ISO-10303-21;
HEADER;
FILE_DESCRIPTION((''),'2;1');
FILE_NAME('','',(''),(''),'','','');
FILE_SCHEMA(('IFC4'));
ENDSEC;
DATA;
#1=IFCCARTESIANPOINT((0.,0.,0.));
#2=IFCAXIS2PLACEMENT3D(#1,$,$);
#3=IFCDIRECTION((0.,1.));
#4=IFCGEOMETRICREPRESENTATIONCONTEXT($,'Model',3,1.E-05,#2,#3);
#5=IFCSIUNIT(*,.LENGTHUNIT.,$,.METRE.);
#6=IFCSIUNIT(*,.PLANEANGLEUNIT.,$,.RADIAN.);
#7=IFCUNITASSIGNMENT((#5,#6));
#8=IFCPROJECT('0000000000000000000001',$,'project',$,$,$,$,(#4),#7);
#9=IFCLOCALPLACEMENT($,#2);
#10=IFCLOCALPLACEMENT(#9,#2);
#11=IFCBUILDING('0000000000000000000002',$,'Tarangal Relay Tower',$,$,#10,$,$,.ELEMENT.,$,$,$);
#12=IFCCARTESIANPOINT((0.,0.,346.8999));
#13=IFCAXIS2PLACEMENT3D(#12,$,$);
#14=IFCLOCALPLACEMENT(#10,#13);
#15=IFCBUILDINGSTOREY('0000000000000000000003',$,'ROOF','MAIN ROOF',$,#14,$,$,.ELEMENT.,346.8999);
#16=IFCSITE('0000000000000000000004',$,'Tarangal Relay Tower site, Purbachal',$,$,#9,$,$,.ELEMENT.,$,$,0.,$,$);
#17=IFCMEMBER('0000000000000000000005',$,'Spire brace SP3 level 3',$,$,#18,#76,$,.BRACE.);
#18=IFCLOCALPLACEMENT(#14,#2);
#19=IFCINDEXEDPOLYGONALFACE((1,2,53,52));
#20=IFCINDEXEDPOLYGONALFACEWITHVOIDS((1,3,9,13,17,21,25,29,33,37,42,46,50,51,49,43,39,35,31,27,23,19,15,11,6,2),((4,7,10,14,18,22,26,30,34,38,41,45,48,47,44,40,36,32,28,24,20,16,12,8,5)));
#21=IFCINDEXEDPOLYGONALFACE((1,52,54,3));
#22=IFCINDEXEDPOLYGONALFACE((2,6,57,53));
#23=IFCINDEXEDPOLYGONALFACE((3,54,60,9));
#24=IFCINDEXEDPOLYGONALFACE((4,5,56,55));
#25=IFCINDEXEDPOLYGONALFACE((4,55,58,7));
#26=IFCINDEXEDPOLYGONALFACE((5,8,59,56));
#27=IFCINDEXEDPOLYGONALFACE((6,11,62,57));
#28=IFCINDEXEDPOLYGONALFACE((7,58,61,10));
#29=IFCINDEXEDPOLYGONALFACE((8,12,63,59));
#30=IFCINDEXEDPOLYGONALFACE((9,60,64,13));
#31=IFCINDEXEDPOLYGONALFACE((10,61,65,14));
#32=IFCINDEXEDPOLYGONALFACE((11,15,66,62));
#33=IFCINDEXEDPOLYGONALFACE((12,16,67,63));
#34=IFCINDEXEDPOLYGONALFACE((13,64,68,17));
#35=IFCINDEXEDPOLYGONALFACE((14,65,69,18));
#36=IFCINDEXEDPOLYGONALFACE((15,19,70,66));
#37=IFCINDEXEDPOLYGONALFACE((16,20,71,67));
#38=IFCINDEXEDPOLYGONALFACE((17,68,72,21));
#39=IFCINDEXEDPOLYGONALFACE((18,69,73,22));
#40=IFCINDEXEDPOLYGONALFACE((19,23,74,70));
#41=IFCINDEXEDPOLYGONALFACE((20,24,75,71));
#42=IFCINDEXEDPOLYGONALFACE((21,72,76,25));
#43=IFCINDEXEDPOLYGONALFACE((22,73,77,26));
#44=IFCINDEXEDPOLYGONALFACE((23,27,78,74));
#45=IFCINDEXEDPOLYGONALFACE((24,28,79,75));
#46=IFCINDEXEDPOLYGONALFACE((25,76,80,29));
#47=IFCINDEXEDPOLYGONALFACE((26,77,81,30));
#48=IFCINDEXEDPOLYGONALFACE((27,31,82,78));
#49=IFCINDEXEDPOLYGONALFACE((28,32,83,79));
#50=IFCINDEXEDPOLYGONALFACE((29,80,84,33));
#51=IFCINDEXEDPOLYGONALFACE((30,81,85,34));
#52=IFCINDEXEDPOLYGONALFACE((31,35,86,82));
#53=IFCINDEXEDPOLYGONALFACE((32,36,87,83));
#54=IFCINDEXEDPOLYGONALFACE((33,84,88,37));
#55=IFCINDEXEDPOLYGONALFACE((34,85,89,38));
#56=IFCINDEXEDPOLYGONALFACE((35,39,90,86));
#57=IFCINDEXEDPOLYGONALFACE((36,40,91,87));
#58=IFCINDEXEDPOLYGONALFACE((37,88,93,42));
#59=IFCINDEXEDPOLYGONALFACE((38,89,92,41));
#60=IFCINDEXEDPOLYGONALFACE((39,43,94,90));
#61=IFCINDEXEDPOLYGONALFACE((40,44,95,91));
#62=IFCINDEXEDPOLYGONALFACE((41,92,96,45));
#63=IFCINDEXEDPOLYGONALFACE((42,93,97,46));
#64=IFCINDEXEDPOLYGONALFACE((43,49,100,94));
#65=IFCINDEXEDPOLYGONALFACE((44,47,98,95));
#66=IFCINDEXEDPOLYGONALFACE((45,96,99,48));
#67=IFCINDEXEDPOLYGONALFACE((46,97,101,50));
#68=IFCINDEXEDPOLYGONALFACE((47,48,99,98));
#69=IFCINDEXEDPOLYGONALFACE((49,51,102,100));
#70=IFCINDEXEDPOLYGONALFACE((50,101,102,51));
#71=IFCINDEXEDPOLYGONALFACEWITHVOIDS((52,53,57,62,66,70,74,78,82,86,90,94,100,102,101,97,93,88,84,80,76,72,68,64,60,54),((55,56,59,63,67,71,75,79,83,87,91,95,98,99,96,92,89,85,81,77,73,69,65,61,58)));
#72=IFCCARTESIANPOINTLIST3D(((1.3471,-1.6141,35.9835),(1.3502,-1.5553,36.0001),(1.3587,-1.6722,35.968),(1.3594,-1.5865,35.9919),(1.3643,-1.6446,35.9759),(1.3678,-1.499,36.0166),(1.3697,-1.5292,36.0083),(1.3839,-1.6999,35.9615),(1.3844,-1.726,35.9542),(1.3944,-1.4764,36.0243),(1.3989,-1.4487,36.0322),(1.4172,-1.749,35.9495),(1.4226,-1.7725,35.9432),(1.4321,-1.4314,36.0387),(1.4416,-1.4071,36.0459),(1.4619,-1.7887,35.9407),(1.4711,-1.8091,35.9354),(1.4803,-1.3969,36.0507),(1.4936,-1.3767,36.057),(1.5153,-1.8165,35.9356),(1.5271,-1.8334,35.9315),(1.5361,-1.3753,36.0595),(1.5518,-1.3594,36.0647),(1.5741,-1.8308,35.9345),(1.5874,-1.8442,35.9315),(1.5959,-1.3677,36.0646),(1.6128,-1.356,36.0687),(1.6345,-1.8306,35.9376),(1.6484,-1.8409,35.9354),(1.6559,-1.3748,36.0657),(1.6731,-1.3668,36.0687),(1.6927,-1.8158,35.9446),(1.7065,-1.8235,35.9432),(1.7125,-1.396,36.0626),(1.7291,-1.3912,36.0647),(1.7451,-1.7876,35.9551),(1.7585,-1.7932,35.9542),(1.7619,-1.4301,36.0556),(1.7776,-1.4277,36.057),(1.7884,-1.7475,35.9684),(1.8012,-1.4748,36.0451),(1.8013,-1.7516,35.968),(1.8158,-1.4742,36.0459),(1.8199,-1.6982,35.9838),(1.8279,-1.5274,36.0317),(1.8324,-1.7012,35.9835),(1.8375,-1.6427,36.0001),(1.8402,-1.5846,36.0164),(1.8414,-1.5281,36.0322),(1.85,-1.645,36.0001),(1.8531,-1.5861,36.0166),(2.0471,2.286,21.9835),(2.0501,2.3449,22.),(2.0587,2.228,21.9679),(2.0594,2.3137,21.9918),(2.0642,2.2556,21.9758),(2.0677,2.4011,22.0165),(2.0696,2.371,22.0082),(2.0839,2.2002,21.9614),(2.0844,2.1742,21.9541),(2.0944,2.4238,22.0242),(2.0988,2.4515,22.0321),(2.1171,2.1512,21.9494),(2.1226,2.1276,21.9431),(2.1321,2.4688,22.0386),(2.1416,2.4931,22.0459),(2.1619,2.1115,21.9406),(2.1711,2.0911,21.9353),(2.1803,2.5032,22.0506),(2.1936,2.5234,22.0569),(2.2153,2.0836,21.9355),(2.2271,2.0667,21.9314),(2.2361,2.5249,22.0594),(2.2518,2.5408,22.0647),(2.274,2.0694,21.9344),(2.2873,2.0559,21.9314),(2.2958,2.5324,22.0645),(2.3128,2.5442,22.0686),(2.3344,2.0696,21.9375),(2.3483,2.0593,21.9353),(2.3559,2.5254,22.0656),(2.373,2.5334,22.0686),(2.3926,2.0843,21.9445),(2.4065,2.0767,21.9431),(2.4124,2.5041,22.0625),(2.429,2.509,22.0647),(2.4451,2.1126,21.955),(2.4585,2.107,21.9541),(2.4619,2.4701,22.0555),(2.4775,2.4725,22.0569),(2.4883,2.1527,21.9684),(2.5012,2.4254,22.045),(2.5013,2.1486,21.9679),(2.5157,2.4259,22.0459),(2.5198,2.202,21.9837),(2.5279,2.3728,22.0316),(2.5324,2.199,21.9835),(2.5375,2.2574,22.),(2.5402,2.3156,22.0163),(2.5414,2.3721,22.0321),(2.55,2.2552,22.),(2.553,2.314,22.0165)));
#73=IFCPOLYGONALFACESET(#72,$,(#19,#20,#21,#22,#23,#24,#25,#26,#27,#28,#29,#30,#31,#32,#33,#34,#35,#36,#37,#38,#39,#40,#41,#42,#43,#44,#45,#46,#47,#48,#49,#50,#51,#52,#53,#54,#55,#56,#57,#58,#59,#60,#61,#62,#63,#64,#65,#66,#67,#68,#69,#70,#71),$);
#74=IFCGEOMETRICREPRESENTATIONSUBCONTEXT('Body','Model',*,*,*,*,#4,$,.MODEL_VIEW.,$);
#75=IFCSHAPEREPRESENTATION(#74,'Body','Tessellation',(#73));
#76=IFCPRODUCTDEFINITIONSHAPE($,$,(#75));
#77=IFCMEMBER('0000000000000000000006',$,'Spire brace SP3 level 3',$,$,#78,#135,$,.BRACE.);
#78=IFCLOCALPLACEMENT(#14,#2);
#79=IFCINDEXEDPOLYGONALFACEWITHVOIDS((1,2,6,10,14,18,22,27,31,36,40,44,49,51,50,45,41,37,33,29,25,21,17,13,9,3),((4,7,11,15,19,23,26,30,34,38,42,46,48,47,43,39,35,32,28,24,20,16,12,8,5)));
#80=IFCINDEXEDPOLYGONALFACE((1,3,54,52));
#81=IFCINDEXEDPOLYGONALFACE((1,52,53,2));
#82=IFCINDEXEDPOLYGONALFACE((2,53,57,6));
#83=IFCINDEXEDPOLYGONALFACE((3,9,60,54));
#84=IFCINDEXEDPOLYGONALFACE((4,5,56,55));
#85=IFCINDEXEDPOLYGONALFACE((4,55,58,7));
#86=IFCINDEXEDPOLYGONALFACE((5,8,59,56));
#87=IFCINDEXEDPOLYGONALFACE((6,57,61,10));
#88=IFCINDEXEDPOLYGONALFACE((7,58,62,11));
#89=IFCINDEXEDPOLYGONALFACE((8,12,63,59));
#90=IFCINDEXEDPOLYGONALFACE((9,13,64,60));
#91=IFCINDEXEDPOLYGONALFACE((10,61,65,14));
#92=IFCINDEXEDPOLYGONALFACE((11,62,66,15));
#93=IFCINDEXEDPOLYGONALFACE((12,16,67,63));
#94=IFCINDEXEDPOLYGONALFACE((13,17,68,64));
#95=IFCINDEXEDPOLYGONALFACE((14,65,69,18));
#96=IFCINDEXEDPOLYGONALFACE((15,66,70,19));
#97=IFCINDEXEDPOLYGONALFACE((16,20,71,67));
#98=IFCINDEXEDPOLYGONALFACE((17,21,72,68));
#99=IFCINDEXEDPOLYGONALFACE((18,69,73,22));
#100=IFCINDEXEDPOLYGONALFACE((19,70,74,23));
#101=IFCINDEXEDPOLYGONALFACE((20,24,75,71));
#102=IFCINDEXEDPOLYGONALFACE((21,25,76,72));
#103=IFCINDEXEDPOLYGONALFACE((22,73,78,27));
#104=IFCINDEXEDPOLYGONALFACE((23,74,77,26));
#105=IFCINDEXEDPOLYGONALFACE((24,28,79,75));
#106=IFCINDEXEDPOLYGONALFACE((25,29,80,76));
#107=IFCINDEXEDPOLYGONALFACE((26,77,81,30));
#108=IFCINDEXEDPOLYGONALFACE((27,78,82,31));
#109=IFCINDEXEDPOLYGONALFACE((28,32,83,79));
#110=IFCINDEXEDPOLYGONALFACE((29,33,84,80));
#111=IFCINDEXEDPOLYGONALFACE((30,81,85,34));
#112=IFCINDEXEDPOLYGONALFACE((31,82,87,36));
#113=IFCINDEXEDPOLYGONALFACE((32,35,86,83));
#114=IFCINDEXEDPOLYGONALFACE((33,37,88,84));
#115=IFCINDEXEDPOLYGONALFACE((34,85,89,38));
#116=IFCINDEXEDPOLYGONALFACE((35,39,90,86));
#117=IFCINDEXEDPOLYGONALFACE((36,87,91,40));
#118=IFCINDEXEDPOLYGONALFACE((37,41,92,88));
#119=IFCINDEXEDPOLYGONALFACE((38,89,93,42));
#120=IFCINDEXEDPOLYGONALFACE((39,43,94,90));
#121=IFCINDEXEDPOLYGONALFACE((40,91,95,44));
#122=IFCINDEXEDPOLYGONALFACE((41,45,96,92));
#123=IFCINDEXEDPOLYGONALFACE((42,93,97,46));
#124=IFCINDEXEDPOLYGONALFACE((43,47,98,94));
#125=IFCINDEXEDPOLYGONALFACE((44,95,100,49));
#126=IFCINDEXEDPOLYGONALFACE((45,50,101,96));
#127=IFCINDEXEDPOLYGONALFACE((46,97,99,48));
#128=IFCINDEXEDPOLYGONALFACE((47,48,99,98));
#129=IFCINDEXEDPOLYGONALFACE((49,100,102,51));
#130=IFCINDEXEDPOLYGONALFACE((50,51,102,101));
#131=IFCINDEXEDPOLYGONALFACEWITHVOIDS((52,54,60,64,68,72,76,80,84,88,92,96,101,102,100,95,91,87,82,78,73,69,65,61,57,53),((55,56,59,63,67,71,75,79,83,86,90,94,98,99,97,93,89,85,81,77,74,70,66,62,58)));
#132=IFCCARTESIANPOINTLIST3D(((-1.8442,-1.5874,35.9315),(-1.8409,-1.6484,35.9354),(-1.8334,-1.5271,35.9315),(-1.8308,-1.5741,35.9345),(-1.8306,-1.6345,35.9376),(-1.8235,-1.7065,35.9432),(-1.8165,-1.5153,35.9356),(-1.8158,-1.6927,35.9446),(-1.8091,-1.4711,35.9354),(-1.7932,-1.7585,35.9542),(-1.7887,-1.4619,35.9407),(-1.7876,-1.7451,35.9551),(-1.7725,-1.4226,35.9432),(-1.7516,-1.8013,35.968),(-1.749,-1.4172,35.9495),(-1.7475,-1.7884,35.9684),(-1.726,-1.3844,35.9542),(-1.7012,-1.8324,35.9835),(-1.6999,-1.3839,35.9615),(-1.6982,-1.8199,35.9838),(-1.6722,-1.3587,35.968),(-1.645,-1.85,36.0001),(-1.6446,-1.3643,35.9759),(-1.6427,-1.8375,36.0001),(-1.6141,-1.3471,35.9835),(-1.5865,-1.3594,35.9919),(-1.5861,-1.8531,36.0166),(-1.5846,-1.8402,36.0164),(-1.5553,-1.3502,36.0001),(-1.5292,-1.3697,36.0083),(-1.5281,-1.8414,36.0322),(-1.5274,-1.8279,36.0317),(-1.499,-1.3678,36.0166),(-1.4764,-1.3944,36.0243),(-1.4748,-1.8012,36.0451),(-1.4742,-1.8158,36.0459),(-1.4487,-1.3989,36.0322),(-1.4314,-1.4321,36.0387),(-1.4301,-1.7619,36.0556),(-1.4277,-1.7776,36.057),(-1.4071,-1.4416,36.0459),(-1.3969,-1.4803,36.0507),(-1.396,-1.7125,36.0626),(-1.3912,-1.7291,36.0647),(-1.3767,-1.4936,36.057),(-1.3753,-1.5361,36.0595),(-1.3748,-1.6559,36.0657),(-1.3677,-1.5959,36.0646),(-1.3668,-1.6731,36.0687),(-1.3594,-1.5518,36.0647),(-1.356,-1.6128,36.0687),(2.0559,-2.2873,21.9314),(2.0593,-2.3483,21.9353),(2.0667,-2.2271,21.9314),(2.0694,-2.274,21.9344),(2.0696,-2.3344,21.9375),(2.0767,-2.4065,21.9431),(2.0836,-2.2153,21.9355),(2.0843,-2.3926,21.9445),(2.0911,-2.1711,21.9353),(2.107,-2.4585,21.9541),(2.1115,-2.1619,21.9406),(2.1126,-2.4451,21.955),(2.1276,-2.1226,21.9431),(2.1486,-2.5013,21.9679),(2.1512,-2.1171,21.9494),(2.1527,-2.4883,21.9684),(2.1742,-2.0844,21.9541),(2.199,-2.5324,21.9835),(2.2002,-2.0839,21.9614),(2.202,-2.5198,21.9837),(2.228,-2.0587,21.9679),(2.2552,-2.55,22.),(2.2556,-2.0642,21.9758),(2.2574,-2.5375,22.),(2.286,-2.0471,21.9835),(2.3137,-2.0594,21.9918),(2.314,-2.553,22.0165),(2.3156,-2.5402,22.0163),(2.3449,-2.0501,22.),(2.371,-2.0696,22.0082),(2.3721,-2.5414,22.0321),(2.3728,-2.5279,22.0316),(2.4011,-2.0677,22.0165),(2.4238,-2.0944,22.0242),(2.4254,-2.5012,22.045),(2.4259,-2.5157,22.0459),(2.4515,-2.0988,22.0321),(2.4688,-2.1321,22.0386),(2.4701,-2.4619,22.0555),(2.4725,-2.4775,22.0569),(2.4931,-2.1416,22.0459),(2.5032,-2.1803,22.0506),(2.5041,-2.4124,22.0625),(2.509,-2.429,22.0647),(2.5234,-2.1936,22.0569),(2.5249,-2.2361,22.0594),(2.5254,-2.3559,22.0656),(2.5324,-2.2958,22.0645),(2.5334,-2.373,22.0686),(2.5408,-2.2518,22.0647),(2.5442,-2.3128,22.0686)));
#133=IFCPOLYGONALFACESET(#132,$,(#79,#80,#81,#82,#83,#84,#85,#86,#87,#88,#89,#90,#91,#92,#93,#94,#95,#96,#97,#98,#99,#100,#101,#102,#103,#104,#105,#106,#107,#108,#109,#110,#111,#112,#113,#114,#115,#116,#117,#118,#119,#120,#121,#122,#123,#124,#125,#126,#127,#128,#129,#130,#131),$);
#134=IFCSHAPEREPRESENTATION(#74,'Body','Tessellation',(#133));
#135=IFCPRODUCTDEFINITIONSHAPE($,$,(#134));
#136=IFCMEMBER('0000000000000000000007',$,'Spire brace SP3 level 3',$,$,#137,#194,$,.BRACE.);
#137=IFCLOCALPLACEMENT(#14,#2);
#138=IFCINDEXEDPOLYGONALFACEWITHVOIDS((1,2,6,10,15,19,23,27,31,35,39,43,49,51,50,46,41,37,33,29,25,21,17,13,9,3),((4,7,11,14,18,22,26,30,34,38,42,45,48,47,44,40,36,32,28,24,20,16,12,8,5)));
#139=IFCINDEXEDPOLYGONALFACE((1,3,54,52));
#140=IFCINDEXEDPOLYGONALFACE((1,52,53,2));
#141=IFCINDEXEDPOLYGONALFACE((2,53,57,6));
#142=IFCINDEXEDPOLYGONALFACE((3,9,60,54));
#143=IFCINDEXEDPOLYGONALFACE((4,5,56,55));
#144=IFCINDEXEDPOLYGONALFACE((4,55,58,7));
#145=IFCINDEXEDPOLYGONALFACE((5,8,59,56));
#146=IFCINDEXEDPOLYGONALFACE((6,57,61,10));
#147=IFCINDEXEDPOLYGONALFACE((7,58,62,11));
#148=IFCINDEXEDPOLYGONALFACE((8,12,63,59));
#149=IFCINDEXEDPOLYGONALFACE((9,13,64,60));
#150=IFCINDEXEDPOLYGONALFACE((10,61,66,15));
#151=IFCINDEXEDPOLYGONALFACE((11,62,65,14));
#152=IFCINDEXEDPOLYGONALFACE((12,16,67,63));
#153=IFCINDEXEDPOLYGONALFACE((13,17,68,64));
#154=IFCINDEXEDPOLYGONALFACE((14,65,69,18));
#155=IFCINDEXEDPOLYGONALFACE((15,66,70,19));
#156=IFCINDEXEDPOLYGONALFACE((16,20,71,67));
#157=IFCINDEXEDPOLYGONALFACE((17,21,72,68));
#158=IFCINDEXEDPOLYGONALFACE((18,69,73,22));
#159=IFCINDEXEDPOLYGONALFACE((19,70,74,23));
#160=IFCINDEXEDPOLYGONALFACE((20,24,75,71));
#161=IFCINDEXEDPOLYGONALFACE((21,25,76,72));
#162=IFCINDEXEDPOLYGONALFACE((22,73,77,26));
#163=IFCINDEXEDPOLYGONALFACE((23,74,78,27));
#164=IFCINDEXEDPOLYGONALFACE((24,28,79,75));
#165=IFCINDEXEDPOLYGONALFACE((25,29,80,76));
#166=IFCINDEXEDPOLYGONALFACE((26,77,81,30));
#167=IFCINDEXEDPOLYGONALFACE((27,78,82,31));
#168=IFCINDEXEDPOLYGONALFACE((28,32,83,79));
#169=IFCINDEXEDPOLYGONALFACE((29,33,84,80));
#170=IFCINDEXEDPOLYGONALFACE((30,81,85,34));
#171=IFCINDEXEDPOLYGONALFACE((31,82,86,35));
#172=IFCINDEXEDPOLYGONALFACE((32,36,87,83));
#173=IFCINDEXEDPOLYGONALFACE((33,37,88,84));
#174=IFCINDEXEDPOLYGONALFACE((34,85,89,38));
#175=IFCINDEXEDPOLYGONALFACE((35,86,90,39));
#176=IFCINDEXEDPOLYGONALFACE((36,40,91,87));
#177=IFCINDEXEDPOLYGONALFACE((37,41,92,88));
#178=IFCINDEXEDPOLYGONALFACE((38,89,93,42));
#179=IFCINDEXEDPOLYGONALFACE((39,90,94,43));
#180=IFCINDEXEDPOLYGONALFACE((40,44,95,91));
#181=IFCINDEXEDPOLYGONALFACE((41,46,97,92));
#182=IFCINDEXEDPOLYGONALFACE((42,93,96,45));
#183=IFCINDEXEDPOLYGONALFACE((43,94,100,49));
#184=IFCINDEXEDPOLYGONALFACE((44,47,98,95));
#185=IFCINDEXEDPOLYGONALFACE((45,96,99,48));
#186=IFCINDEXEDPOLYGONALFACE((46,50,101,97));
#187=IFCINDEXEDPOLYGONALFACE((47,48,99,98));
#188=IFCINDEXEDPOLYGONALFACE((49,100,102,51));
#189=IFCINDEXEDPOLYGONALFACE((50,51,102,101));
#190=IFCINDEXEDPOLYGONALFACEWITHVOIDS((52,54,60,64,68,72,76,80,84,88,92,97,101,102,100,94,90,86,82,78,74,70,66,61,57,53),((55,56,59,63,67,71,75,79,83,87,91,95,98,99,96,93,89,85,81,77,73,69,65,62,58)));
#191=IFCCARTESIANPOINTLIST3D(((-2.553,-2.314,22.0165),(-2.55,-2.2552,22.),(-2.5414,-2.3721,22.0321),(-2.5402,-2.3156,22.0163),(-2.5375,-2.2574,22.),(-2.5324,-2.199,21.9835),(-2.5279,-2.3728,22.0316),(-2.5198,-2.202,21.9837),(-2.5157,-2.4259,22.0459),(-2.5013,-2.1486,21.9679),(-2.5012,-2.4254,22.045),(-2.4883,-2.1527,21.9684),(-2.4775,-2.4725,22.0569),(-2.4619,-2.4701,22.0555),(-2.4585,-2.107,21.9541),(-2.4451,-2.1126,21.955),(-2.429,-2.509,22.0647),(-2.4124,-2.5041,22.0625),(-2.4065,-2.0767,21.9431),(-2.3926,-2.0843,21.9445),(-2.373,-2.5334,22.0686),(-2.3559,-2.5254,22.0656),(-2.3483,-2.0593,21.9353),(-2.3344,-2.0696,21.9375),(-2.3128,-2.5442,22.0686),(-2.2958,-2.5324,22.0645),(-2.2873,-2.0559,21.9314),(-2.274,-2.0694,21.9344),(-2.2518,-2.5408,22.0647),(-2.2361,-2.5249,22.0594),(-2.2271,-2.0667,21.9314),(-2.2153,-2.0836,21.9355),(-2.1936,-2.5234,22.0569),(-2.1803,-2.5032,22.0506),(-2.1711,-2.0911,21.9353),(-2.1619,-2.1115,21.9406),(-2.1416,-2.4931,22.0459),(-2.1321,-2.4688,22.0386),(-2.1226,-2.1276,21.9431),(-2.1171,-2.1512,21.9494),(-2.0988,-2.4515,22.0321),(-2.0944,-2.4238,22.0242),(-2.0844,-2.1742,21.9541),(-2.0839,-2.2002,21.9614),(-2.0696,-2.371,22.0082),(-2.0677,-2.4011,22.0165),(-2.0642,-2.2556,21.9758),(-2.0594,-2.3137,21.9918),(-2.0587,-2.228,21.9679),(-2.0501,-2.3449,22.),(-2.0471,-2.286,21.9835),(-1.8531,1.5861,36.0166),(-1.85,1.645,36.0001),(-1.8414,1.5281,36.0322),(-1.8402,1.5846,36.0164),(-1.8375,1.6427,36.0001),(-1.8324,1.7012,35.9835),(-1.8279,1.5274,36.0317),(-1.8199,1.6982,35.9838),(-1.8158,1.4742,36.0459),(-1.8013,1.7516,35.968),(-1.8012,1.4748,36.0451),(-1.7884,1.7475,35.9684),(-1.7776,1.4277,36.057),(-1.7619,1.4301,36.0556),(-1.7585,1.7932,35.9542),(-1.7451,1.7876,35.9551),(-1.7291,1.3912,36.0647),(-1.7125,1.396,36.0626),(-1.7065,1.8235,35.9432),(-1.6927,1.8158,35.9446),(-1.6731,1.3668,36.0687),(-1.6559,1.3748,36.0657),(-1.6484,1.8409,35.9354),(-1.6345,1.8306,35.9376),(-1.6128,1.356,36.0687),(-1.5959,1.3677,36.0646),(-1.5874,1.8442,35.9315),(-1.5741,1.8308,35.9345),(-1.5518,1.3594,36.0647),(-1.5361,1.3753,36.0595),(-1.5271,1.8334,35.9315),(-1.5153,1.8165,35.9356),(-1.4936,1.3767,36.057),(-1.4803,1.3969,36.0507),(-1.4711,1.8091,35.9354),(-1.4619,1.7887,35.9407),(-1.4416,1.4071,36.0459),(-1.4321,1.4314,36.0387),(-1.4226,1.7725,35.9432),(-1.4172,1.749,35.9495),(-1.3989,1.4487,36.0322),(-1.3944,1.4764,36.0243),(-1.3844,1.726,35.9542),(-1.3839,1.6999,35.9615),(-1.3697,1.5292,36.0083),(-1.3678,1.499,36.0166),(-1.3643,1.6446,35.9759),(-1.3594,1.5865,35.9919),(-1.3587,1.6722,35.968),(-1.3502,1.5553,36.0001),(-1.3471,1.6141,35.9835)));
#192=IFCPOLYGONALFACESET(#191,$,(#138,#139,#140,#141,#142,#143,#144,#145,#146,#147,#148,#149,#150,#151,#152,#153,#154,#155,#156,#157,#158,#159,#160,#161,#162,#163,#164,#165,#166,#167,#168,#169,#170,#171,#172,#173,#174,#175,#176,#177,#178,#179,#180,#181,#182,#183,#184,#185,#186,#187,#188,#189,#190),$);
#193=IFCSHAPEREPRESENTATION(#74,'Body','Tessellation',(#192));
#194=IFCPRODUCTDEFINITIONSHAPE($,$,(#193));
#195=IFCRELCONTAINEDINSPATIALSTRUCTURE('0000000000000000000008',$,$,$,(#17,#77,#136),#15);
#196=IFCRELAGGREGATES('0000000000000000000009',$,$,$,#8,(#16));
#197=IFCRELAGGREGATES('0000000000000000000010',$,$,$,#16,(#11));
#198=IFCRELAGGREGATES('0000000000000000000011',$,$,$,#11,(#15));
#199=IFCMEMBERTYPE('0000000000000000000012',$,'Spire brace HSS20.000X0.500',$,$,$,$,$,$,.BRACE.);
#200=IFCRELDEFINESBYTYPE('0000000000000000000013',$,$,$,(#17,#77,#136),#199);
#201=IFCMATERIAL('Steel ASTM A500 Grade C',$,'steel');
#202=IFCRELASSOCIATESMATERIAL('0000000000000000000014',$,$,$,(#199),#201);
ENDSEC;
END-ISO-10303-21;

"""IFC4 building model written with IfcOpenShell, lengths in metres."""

from ifc_helpers import new_model, si_unit, direction, frame, origin, origin_2d, place, context, subcontext, project, spatial, hollow_circle, extrude, material, material_profile, profile_set, type_object, element, save


model = new_model("IFC4")

# Units and contexts
model_context = context("Model", 3, precision=1e-05, world=origin(), true_north=direction((0.0, 1.0)))
body_context = subcontext(model_context, "Body", "Model", "MODEL_VIEW")
ifc_project = project(units=[si_unit("LENGTHUNIT", "METRE"), si_unit("PLANEANGLEUNIT", "RADIAN")], contexts=[model_context])

# Site, building, storey
site_placement = place(None, origin())
site = spatial("IfcSite", under=ifc_project, at=site_placement, Name="Tarangal Relay Tower site, Purbachal", CompositionType="ELEMENT", RefElevation=0.0)
building_placement = place(site_placement, origin())
building = spatial("IfcBuilding", under=site, at=building_placement, Name="Tarangal Relay Tower", CompositionType="ELEMENT")
storey_placement = place(building_placement, frame((0.0, 0.0, 346.8999)))
storey = spatial("IfcBuildingStorey", under=building, at=storey_placement, Name="ROOF", Description="MAIN ROOF", CompositionType="ELEMENT", Elevation=346.8999)

# Members
ifc_material_1 = material(Name="Steel ASTM A500 Grade C", Category="steel")
ifc_material_profile_1 = material_profile(ifc_material_1, hollow_circle(Radius=0.2539, WallThickness=0.0127, at=origin_2d()), Name="HSS20.000X0.500")
ifc_profile_set_1 = profile_set([ifc_material_profile_1], Name="Steel ASTM A500 Grade C")
member_type_1 = type_object("IfcMemberType", Name="Spire brace HSS20.000X0.500", PredefinedType="BRACE", material=ifc_profile_set_1)
for number, where, z_axis, x_axis, name in (
    (1, (2.3, 2.3, 22.0), (-0.048107, -0.268052, 0.962203), (0.984275, -0.176646, 0.0), "Spire brace SP3 level 3"),
    (2, (2.3, -2.3, 22.0), (-0.268052, 0.048107, 0.962203), (-0.176646, -0.984275, 0.0), "Spire brace SP3 level 3"),
    (3, (-2.3, -2.3, 22.0), (0.048107, 0.268052, 0.962203), (-0.984275, 0.176646, 0.0), "Spire brace SP3 level 3"),
):
    element("IfcMember", number, at=place(storey_placement, frame(where, z_axis=z_axis, x_axis=x_axis)), inside=storey, type_object=member_type_1, Name=name, PredefinedType="BRACE", context=body_context, shape_type="SweptSolid", body=[
        extrude(hollow_circle(Radius=0.2539, WallThickness=0.0127, at=origin_2d()), origin(), (0.0, 0.0, 1.0), 14.55),
    ])

save(model, "model.ifc")
